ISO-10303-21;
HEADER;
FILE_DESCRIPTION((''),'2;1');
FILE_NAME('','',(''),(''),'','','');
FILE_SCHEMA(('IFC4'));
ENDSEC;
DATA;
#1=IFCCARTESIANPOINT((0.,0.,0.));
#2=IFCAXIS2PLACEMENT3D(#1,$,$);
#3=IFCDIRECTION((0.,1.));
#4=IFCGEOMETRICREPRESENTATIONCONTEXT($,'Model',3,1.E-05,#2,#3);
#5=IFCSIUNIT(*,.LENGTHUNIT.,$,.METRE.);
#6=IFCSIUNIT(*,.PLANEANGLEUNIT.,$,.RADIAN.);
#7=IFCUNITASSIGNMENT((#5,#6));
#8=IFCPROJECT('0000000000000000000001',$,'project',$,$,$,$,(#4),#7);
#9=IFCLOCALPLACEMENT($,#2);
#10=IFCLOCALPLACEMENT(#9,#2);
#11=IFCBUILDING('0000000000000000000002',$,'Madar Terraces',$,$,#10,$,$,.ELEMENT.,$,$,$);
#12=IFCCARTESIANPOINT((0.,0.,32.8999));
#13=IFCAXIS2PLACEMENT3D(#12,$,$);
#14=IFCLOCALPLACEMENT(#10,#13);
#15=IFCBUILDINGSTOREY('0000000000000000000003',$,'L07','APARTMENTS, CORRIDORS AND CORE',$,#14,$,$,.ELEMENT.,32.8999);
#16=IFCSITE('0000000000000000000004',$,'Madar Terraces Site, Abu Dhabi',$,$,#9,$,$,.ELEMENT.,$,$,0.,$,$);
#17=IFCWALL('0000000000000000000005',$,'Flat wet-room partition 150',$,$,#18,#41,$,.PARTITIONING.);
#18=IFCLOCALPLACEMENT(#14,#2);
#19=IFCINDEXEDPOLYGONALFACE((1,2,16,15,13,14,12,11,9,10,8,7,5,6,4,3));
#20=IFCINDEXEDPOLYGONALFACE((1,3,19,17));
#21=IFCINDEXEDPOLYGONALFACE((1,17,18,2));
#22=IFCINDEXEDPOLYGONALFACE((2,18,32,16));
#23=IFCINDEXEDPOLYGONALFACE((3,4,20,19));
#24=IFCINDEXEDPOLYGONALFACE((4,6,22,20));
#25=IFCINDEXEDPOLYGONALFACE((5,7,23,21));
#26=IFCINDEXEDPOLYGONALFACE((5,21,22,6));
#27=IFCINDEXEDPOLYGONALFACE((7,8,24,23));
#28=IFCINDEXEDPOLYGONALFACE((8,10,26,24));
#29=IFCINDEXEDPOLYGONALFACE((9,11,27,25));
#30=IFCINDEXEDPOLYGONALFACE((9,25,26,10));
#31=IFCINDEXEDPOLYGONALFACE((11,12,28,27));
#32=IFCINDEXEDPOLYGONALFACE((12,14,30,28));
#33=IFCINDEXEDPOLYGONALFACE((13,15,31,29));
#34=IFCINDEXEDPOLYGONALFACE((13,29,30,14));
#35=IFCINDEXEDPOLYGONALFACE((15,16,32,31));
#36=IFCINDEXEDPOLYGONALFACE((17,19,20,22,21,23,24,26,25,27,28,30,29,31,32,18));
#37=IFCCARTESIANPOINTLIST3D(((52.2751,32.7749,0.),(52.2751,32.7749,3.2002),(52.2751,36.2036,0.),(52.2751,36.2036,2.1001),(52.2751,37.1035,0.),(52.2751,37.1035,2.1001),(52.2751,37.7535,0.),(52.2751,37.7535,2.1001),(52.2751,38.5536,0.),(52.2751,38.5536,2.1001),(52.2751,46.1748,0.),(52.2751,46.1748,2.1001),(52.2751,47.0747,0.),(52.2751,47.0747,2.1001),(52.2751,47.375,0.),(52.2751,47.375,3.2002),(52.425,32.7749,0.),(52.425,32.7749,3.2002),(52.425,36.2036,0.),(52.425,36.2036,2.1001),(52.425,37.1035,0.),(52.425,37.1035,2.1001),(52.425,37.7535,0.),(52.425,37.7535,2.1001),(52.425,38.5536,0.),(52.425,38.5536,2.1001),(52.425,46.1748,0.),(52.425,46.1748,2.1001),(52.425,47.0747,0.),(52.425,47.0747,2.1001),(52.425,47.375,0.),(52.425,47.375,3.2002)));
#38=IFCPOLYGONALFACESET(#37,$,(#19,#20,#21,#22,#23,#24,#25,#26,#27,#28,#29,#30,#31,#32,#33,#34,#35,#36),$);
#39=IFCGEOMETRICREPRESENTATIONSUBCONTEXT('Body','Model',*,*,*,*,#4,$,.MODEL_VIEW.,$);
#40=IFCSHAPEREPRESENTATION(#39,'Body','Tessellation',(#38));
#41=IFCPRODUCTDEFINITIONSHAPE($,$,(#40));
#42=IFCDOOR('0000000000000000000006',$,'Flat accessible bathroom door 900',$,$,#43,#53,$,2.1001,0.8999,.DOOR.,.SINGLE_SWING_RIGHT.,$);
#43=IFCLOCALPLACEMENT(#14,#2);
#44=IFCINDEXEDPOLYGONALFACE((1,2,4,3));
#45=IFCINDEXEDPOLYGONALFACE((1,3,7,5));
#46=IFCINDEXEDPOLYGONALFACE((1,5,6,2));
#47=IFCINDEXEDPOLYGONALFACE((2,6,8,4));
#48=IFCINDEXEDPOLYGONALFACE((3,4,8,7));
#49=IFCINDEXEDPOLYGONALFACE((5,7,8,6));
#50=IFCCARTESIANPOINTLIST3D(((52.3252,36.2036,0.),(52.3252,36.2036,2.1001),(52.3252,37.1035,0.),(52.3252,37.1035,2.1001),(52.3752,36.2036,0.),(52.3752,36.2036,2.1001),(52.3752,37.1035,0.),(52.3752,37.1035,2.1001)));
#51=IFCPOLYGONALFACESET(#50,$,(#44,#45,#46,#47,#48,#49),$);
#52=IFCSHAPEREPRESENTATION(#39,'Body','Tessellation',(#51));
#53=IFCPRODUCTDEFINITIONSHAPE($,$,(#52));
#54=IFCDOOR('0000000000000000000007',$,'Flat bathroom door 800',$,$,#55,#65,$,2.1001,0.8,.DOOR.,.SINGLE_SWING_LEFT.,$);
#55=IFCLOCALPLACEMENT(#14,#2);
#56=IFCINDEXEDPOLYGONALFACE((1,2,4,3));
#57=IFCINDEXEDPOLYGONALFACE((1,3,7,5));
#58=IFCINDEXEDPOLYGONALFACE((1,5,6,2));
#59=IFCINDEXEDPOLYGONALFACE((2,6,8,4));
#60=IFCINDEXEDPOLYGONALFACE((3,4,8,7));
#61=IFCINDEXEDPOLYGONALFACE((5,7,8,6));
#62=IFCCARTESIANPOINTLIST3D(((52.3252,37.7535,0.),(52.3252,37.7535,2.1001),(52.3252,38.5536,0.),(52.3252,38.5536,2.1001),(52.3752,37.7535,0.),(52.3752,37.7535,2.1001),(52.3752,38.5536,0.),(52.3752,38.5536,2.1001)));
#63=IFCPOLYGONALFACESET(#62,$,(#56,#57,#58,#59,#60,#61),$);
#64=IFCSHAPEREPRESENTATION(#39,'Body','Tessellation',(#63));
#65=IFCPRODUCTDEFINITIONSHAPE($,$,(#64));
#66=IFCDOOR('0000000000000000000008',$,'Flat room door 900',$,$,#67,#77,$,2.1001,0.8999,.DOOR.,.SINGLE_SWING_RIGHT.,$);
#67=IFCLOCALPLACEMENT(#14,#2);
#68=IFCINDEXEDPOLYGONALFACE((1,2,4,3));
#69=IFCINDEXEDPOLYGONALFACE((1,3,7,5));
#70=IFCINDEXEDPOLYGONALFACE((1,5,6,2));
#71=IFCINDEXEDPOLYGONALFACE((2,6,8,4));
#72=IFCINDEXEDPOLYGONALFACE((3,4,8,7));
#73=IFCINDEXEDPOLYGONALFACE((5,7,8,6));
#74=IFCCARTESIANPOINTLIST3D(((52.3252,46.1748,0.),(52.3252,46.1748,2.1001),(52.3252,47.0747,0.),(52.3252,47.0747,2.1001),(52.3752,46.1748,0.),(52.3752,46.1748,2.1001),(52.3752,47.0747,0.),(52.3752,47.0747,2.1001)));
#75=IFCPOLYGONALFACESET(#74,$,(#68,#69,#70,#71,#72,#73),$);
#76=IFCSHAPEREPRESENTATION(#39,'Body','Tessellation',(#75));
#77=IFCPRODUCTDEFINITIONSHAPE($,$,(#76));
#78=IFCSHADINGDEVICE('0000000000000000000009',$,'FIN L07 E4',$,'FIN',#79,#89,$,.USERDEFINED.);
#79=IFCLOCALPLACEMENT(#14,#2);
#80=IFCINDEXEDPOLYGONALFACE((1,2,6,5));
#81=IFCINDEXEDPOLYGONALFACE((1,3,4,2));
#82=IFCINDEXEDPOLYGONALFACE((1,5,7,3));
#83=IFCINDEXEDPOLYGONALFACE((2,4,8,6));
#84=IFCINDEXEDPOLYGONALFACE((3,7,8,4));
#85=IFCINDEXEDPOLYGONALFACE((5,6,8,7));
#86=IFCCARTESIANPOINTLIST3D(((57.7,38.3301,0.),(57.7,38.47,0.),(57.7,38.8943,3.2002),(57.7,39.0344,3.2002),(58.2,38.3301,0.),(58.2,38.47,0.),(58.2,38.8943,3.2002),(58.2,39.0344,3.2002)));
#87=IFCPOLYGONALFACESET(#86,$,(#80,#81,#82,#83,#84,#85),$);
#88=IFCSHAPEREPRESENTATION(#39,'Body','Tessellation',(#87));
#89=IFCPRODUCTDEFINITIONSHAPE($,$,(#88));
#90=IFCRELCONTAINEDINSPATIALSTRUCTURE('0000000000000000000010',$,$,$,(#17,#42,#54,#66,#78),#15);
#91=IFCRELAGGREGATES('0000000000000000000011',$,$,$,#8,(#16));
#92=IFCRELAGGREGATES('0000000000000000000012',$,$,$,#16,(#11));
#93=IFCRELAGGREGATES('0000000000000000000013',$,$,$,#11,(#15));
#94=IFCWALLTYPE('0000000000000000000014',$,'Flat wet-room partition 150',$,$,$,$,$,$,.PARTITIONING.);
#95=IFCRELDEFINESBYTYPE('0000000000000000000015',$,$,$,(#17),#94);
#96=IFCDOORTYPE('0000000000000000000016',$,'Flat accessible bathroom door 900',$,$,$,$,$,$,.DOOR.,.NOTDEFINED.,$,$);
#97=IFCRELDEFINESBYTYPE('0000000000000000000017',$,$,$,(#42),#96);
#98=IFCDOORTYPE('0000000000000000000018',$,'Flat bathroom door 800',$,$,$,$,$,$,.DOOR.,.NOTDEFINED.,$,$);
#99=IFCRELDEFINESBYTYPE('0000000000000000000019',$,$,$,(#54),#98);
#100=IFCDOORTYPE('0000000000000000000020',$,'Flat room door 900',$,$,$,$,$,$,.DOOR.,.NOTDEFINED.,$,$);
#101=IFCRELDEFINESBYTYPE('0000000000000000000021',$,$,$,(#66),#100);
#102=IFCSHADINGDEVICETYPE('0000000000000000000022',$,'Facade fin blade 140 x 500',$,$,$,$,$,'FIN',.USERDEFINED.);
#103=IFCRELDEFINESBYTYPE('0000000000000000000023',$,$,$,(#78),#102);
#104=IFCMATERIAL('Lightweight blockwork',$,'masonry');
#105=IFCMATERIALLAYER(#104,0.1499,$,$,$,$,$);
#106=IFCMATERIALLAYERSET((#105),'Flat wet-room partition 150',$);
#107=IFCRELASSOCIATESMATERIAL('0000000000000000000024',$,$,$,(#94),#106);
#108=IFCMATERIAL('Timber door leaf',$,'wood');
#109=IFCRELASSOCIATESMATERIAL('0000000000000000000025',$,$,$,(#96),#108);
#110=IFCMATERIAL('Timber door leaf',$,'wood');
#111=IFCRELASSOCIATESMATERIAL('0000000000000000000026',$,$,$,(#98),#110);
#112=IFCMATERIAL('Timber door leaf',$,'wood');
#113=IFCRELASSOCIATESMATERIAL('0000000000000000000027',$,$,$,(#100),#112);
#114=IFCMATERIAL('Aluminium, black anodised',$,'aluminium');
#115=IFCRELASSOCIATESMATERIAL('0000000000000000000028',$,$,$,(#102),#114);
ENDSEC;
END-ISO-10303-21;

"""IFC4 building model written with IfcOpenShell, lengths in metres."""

from ifc_helpers import new_model, si_unit, direction, frame, frame_2d, origin, place, context, subcontext, project, spatial, polyline, rectangle, outline, extrude, material, layer, layer_set, type_object, element, fill, save


model = new_model("IFC4")

# Units and contexts
model_context = context("Model", 3, precision=1e-05, world=origin(), true_north=direction((0.0, 1.0)))
body_context = subcontext(model_context, "Body", "Model", "MODEL_VIEW")
ifc_project = project(units=[si_unit("LENGTHUNIT", "METRE"), si_unit("PLANEANGLEUNIT", "RADIAN")], contexts=[model_context])

# Site, building, storey
site_placement = place(None, origin())
site = spatial("IfcSite", under=ifc_project, at=site_placement, Name="Madar Terraces Site, Abu Dhabi", CompositionType="ELEMENT", RefElevation=0.0)
building_placement = place(site_placement, origin())
building = spatial("IfcBuilding", under=site, at=building_placement, Name="Madar Terraces", CompositionType="ELEMENT")
storey_placement = place(building_placement, frame((0.0, 0.0, 32.8999)))
storey = spatial("IfcBuildingStorey", under=building, at=storey_placement, Name="L07", Description="APARTMENTS, CORRIDORS AND CORE", CompositionType="ELEMENT", Elevation=32.8999)

# Shared definitions
ifc_material_1 = material(Name="Lightweight blockwork", Category="masonry")
ifc_layer_1 = layer(ifc_material_1, 0.1499)
ifc_layer_set_1 = layer_set([ifc_layer_1], Name="Flat wet-room partition 150")
wall_type_1 = type_object("IfcWallType", Name="Flat wet-room partition 150", PredefinedType="PARTITIONING", material=ifc_layer_set_1)

# Wall, openings, doors
wall_1_placement = place(storey_placement, frame((52.3501, 32.7749, 0.0), z_axis=(0.0, 0.0, 1.0), x_axis=(0.0, 1.0, 0.0)))
wall_1 = element("IfcWall", 1, at=wall_1_placement, inside=storey, type_object=wall_type_1, Name="Flat wet-room partition 150", PredefinedType="PARTITIONING", context=body_context, shape_type="SweptSolid", body=[
    extrude(rectangle(XDim=14.6001, YDim=0.1499, at=frame_2d((7.3, 0.0))), origin(), (0.0, 0.0, 1.0), 3.2002),
])
opening_1_placement = place(wall_1_placement, frame((3.4287, 0.0, 0.0)))
opening_1 = element("IfcOpeningElement", 2, at=opening_1_placement, cuts=wall_1, PredefinedType="OPENING", context=body_context, shape_type="SweptSolid", body=[
    extrude(rectangle(XDim=0.8999, YDim=2.1001, at=frame_2d((0.45, 1.05))), frame((0.0, 0.085, 0.0), z_axis=(0.0, -1.0, 0.0), x_axis=(1.0, 0.0, 0.0)), (0.0, 0.0, 1.0), 0.1699),
])
opening_2_placement = place(wall_1_placement, frame((4.9788, 0.0, 0.0)))
opening_2 = element("IfcOpeningElement", 3, at=opening_2_placement, cuts=wall_1, PredefinedType="OPENING", context=body_context, shape_type="SweptSolid", body=[
    extrude(rectangle(XDim=0.8, YDim=2.1001, at=frame_2d((0.3999, 1.05))), frame((0.0, 0.085, 0.0), z_axis=(0.0, -1.0, 0.0), x_axis=(1.0, 0.0, 0.0)), (0.0, 0.0, 1.0), 0.1699),
])
opening_3_placement = place(wall_1_placement, frame((13.3999, 0.0, 0.0)))
opening_3 = element("IfcOpeningElement", 4, at=opening_3_placement, cuts=wall_1, PredefinedType="OPENING", context=body_context, shape_type="SweptSolid", body=[
    extrude(rectangle(XDim=0.8999, YDim=2.1001, at=frame_2d((0.45, 1.05))), frame((0.0, 0.085, 0.0), z_axis=(0.0, -1.0, 0.0), x_axis=(1.0, 0.0, 0.0)), (0.0, 0.0, 1.0), 0.1699),
])
ifc_material_2 = material(Name="Timber door leaf", Category="wood")
door_type_1 = type_object("IfcDoorType", Name="Flat accessible bathroom door 900", OperationType="NOTDEFINED", PredefinedType="DOOR", material=ifc_material_2)
door_1_placement = place(opening_1_placement, origin())
door_1 = element("IfcDoor", 5, at=door_1_placement, inside=storey, type_object=door_type_1, Name="Flat accessible bathroom door 900", OperationType="SINGLE_SWING_RIGHT", OverallHeight=2.1001, OverallWidth=0.8999, PredefinedType="DOOR", context=body_context, shape_type="SweptSolid", body=[
    extrude(rectangle(XDim=0.8999, YDim=2.1001, at=frame_2d((0.45, 1.05))), frame((0.0, 0.0249, 0.0), z_axis=(0.0, -1.0, 0.0), x_axis=(1.0, 0.0, 0.0)), (0.0, 0.0, 1.0), 0.05),
])
fill(opening_1, door_1)
ifc_material_3 = material(Name="Timber door leaf", Category="wood")
door_type_2 = type_object("IfcDoorType", Name="Flat bathroom door 800", OperationType="NOTDEFINED", PredefinedType="DOOR", material=ifc_material_3)
door_2_placement = place(opening_2_placement, origin())
door_2 = element("IfcDoor", 6, at=door_2_placement, inside=storey, type_object=door_type_2, Name="Flat bathroom door 800", OperationType="SINGLE_SWING_LEFT", OverallHeight=2.1001, OverallWidth=0.8, PredefinedType="DOOR", context=body_context, shape_type="SweptSolid", body=[
    extrude(rectangle(XDim=0.8, YDim=2.1001, at=frame_2d((0.3999, 1.05))), frame((0.0, 0.0249, 0.0), z_axis=(0.0, -1.0, 0.0), x_axis=(1.0, 0.0, 0.0)), (0.0, 0.0, 1.0), 0.05),
])
fill(opening_2, door_2)
ifc_material_4 = material(Name="Timber door leaf", Category="wood")
door_type_3 = type_object("IfcDoorType", Name="Flat room door 900", OperationType="NOTDEFINED", PredefinedType="DOOR", material=ifc_material_4)
door_3_placement = place(opening_3_placement, origin())
door_3 = element("IfcDoor", 7, at=door_3_placement, inside=storey, type_object=door_type_3, Name="Flat room door 900", OperationType="SINGLE_SWING_RIGHT", OverallHeight=2.1001, OverallWidth=0.8999, PredefinedType="DOOR", context=body_context, shape_type="SweptSolid", body=[
    extrude(rectangle(XDim=0.8999, YDim=2.1001, at=frame_2d((0.45, 1.05))), frame((0.0, 0.0249, 0.0), z_axis=(0.0, -1.0, 0.0), x_axis=(1.0, 0.0, 0.0)), (0.0, 0.0, 1.0), 0.05),
])
fill(opening_3, door_3)

# Shading device
ifc_material_5 = material(Name="Aluminium, black anodised", Category="aluminium")
shading_device_type = type_object("IfcShadingDeviceType", Name="Facade fin blade 140 x 500", ElementType="FIN", PredefinedType="USERDEFINED", material=ifc_material_5)
shading_device_placement = place(storey_placement, frame((57.95, 38.3301, 0.0), z_axis=(0.0, 0.0, 1.0), x_axis=(0.0, 1.0, 0.0)))
element("IfcShadingDevice", 8, at=shading_device_placement, inside=storey, type_object=shading_device_type, Name="FIN L07 E4", ObjectType="FIN", PredefinedType="USERDEFINED", context=body_context, shape_type="SweptSolid", body=[
    extrude(outline(polyline([(0.0, 0.0), (0.1399, 0.0), (0.7043, 3.2002), (0.5642, 3.2002), (0.0, 0.0)])), frame((0.0, 0.25, 0.0), z_axis=(0.0, -1.0, 0.0), x_axis=(1.0, 0.0, 0.0)), (0.0, 0.0, 1.0), 0.5),
])

save(model, "model.ifc")
